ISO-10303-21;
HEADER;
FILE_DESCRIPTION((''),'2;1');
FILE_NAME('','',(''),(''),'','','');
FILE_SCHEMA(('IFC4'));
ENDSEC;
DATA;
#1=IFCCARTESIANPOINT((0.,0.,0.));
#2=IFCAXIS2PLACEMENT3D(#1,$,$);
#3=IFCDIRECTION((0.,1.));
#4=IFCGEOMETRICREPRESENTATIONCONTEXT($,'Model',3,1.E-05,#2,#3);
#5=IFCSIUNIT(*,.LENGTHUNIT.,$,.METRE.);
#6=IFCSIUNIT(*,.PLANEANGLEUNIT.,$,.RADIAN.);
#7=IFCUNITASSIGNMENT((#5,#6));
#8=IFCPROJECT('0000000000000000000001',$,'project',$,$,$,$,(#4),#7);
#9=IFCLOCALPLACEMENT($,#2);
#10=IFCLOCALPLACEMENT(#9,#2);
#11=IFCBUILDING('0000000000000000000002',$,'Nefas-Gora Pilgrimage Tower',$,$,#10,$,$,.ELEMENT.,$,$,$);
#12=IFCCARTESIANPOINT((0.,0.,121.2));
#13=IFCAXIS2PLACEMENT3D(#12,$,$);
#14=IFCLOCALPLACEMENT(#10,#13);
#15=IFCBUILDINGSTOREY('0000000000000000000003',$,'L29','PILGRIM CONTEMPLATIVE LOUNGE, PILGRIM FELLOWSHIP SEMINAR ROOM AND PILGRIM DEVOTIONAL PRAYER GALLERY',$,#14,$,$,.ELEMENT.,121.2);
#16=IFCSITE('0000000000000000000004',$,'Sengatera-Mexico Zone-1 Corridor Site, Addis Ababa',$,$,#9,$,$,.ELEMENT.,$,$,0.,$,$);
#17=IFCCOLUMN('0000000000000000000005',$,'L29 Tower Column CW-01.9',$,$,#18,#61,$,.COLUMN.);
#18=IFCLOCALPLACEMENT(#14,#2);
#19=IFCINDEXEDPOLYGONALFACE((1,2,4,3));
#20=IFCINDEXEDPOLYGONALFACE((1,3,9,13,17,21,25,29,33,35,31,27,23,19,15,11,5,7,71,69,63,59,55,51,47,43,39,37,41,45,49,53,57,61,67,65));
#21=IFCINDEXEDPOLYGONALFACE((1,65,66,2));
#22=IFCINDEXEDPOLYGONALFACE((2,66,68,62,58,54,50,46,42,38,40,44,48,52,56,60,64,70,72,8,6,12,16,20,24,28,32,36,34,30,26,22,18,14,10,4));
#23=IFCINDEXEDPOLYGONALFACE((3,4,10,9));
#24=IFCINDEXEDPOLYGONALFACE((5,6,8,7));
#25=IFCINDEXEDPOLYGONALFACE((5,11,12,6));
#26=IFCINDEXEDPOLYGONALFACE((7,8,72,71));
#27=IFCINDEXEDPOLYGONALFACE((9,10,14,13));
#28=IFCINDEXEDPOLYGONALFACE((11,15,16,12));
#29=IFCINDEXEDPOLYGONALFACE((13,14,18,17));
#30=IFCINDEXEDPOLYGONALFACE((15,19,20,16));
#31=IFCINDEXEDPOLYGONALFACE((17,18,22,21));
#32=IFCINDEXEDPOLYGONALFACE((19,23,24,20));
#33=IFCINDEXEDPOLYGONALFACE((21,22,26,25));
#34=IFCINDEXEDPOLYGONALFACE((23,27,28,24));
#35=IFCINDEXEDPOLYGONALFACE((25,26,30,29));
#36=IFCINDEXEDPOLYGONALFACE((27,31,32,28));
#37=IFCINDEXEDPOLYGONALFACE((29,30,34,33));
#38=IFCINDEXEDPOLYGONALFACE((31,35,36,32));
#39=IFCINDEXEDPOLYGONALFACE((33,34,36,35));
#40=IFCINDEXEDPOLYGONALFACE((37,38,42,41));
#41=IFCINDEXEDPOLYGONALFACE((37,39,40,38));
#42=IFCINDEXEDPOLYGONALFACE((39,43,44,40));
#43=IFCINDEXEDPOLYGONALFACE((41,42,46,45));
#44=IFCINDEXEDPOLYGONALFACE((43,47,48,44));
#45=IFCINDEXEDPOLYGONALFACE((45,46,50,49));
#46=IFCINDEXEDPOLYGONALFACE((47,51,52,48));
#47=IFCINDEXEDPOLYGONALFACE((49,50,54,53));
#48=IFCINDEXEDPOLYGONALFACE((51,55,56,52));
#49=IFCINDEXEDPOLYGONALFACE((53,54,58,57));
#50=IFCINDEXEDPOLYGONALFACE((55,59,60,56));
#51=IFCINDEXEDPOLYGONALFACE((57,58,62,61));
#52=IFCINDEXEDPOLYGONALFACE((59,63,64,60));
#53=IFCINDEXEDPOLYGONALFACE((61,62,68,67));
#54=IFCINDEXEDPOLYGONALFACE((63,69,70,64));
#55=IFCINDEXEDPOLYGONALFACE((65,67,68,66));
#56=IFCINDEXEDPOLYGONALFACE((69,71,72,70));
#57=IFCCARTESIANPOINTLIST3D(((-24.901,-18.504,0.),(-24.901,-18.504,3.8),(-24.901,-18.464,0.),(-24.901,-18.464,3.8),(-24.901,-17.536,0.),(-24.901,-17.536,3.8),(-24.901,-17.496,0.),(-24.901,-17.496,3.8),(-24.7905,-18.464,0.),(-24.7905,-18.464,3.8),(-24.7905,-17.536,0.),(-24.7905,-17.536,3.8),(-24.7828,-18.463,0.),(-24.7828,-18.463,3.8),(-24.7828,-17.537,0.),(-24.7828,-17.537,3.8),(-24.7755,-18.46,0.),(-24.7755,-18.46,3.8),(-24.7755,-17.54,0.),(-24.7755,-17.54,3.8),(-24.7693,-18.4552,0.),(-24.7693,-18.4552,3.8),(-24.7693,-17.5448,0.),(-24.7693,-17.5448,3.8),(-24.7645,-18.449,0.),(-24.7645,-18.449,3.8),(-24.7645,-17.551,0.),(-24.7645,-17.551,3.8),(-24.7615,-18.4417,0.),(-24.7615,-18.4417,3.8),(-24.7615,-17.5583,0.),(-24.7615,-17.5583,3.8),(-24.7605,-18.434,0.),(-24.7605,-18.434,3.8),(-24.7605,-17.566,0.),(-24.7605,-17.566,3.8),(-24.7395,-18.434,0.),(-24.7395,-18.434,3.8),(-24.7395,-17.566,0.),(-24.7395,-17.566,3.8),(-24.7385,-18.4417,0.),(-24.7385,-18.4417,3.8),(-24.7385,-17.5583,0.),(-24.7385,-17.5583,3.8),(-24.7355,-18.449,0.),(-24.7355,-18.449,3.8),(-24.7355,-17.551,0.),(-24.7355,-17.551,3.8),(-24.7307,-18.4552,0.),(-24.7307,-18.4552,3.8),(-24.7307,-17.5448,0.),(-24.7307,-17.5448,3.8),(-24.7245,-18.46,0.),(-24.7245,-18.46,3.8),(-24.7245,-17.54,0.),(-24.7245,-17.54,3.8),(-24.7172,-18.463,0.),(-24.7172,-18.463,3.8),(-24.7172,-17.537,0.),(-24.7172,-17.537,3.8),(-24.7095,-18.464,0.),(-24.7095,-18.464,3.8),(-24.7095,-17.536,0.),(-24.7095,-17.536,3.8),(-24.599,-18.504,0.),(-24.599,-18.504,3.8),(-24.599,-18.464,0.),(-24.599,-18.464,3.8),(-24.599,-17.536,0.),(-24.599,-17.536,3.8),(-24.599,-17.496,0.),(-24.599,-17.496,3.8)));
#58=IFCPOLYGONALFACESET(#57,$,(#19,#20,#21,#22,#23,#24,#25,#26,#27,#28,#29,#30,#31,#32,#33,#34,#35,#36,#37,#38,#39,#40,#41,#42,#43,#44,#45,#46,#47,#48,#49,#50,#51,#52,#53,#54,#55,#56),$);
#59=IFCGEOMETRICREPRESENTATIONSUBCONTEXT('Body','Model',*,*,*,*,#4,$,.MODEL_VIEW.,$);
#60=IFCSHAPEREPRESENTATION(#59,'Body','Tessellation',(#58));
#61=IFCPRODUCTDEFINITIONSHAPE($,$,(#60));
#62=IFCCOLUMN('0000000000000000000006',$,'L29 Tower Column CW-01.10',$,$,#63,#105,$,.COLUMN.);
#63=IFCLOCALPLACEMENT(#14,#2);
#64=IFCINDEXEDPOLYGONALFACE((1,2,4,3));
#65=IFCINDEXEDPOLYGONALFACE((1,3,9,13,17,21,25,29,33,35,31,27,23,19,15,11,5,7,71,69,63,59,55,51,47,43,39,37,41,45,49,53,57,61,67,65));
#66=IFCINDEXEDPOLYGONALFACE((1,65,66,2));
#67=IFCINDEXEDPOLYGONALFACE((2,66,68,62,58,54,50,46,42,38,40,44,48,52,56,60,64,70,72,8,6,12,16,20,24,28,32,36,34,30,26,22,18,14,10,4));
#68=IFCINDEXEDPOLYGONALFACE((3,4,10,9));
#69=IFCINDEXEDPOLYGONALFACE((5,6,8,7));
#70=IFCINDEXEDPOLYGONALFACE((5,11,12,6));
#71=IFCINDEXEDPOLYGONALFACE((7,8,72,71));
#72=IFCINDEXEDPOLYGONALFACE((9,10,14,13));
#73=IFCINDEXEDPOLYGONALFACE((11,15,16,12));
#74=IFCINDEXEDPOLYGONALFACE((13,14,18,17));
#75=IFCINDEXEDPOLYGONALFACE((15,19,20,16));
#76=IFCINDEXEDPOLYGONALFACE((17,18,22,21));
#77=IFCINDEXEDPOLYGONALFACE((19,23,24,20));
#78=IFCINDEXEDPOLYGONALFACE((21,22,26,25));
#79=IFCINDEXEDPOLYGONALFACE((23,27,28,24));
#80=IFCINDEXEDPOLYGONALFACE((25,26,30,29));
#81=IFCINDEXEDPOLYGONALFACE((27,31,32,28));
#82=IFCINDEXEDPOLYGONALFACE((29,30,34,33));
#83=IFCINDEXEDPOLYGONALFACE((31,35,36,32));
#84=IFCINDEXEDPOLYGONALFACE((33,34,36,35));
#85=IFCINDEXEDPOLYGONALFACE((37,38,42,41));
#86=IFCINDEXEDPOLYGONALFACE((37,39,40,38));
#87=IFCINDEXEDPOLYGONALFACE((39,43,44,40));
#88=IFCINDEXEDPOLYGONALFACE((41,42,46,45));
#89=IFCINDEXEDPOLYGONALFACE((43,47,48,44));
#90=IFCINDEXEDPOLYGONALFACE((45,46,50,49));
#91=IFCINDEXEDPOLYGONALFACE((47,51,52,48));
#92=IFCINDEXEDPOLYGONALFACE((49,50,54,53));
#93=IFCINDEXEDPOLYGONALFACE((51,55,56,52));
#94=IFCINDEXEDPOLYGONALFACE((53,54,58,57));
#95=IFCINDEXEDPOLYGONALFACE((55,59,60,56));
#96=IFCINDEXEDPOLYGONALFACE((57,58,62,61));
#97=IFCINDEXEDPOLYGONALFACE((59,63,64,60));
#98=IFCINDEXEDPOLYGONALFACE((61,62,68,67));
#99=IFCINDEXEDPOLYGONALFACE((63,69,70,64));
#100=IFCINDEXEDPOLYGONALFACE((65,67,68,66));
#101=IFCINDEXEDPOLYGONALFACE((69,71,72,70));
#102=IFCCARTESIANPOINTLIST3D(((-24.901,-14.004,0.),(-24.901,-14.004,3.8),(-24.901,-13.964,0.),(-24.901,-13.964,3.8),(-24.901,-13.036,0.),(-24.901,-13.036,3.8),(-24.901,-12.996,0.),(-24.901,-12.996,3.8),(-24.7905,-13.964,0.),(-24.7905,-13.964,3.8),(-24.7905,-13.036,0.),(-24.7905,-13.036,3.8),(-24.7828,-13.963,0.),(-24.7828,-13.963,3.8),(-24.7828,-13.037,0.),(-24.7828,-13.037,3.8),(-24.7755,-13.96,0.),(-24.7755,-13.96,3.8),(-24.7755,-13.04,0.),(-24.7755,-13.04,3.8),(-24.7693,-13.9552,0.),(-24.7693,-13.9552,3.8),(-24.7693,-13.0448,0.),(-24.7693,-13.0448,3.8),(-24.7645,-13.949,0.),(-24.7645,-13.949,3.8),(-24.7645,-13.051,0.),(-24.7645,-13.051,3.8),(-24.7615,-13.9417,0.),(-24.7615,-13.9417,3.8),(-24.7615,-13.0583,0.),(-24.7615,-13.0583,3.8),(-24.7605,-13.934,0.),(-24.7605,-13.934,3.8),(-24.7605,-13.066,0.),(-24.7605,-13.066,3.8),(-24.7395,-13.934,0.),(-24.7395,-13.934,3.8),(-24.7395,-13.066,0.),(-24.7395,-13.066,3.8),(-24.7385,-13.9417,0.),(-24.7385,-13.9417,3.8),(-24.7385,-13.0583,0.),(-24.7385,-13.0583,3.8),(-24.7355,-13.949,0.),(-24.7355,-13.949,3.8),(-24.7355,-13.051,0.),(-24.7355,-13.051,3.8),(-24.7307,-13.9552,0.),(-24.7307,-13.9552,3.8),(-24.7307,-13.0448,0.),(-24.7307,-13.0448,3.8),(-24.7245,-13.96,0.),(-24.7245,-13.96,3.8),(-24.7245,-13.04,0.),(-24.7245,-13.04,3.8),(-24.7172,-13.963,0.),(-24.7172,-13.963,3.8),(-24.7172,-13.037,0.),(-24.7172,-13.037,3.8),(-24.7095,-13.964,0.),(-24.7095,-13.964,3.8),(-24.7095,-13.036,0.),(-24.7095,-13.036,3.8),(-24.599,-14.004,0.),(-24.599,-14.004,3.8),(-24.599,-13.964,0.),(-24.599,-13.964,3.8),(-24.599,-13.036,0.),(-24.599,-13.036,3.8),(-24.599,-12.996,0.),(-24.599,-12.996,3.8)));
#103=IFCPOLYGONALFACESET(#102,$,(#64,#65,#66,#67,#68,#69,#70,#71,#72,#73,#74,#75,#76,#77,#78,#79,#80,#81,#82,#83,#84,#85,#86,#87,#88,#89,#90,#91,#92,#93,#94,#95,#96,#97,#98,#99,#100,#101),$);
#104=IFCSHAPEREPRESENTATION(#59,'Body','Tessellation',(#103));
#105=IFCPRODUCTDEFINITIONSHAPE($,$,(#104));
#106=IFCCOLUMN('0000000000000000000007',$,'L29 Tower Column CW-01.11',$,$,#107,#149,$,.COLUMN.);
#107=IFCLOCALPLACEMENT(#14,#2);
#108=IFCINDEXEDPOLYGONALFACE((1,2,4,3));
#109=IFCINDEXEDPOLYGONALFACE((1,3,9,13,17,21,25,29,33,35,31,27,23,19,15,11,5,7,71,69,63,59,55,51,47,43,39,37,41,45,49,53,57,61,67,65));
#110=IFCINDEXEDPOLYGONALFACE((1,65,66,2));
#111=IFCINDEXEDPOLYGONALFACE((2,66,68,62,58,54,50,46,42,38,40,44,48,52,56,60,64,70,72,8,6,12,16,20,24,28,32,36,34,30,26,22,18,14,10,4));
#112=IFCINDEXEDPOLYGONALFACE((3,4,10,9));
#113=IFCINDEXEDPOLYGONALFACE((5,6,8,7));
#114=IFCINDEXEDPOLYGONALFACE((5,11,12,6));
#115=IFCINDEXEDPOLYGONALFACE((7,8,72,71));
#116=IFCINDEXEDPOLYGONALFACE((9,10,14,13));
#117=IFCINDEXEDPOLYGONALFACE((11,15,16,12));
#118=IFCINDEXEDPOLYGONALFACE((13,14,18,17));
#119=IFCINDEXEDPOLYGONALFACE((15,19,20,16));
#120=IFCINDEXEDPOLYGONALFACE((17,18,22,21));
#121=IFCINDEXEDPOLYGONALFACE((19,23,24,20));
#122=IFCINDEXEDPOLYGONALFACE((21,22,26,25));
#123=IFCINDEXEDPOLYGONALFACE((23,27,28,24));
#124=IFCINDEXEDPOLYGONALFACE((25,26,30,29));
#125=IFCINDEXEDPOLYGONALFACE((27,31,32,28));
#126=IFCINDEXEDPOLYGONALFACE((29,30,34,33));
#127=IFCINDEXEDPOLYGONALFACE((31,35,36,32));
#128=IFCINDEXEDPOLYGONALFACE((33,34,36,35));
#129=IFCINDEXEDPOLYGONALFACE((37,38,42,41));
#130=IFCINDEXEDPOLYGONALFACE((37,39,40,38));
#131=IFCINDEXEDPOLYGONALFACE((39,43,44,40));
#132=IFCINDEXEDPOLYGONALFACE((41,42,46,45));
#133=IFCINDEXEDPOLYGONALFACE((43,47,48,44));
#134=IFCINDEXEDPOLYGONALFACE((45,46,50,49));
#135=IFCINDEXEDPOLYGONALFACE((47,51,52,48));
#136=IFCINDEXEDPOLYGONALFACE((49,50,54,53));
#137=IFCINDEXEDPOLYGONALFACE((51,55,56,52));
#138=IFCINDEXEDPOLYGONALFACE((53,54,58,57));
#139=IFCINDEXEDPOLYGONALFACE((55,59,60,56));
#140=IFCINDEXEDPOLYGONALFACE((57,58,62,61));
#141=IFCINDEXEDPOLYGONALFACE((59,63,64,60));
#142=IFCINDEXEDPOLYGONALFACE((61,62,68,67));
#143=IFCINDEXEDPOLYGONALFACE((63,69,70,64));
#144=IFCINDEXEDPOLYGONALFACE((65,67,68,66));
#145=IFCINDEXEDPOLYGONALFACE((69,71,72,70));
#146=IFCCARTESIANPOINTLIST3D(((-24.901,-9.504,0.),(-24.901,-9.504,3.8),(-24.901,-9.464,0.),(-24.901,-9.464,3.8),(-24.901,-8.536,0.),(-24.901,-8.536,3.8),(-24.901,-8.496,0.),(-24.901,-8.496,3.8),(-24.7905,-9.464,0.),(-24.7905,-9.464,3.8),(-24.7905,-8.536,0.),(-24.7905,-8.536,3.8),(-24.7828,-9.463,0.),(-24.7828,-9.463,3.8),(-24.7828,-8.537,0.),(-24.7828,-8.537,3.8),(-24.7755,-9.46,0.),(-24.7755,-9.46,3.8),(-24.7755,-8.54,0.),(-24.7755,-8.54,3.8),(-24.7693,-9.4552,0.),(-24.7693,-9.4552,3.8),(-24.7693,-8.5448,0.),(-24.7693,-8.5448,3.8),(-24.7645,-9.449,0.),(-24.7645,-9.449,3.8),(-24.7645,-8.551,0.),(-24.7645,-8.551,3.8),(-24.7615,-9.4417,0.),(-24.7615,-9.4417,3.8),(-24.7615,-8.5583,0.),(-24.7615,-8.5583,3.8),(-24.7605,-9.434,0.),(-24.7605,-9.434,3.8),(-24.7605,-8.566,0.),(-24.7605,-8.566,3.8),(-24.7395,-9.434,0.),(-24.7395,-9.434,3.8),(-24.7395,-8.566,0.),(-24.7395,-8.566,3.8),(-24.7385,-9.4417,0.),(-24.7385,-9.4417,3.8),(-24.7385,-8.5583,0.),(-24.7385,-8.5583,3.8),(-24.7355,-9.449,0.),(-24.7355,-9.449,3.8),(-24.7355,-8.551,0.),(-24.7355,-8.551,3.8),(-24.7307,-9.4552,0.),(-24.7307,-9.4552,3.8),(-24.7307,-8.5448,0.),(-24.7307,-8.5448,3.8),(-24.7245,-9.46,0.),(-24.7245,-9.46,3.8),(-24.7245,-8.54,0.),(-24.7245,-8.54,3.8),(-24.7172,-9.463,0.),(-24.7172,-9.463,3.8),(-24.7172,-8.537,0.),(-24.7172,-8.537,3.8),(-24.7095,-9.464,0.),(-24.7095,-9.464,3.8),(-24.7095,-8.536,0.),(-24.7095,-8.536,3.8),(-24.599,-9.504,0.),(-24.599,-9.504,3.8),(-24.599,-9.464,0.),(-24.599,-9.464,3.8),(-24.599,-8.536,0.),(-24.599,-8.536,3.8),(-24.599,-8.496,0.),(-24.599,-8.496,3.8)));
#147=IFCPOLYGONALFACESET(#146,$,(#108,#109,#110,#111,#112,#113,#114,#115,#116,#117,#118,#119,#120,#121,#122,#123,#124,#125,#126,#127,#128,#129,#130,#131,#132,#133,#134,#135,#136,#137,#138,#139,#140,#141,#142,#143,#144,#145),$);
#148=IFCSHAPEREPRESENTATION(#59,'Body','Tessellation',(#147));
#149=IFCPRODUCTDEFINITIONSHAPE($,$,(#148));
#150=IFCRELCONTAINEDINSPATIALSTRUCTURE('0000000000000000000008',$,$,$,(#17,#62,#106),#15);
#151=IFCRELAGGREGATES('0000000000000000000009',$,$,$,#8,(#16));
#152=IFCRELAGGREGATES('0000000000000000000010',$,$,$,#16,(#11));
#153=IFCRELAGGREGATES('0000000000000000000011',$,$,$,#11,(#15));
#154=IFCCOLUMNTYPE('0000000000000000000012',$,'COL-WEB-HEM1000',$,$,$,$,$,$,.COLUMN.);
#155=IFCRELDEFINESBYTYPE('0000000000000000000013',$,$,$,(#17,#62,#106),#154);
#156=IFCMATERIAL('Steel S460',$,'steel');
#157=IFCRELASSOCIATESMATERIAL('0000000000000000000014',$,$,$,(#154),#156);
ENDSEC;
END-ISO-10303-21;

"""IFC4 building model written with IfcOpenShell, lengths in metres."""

from ifc_helpers import new_model, si_unit, direction, frame, origin, origin_2d, place, context, subcontext, project, spatial, i_section, extrude, source, transform, mapped, material, material_profile, profile_set, type_object, element, save


model = new_model("IFC4")

# Units and contexts
model_context = context("Model", 3, precision=1e-05, world=origin(), true_north=direction((0.0, 1.0)))
body_context = subcontext(model_context, "Body", "Model", "MODEL_VIEW")
ifc_project = project(units=[si_unit("LENGTHUNIT", "METRE"), si_unit("PLANEANGLEUNIT", "RADIAN")], contexts=[model_context])

# Site, building, storey
site_placement = place(None, origin())
site = spatial("IfcSite", under=ifc_project, at=site_placement, Name="Sengatera-Mexico Zone-1 Corridor Site, Addis Ababa", CompositionType="ELEMENT", RefElevation=0.0)
building_placement = place(site_placement, origin())
building = spatial("IfcBuilding", under=site, at=building_placement, Name="Nefas-Gora Pilgrimage Tower", CompositionType="ELEMENT")
storey_placement = place(building_placement, frame((0.0, 0.0, 121.2)))
storey = spatial("IfcBuildingStorey", under=building, at=storey_placement, Name="L29", Description="PILGRIM CONTEMPLATIVE LOUNGE, PILGRIM FELLOWSHIP SEMINAR ROOM AND PILGRIM DEVOTIONAL PRAYER GALLERY", CompositionType="ELEMENT", Elevation=121.2)

# Columns
ifc_material_1 = material(Name="Steel S460", Category="steel")
ifc_material_profile_1 = material_profile(ifc_material_1, i_section(OverallWidth=0.302, OverallDepth=1.0081, WebThickness=0.021, FlangeThickness=0.04, FilletRadius=0.03, at=origin_2d()), Name="HEM 1000")
ifc_profile_set_1 = profile_set([ifc_material_profile_1], Name="Steel S460")
column_type_1 = type_object("IfcColumnType", Name="COL-WEB-HEM1000", PredefinedType="COLUMN", material=ifc_profile_set_1)
shared_shape_1 = source(origin(), body_context, "Body", "SweptSolid", [
    extrude(i_section(OverallWidth=0.302, OverallDepth=1.0081, WebThickness=0.021, FlangeThickness=0.04, FilletRadius=0.03, at=origin_2d()), origin(), (0.0, 0.0, 1.0), 3.8),
])
for number, where, z_axis, x_axis, name in (
    (1, (-24.75, -18.0, 0.0), (0.0, 0.0, 1.0), (1.0, 0.0, 0.0), "L29 Tower Column CW-01.9"),
    (2, (-24.75, -13.5, 0.0), (0.0, 0.0, 1.0), (1.0, 0.0, 0.0), "L29 Tower Column CW-01.10"),
    (3, (-24.75, -9.0, 0.0), (0.0, 0.0, 1.0), (1.0, 0.0, 0.0), "L29 Tower Column CW-01.11"),
):
    element("IfcColumn", number, at=place(storey_placement, frame(where, z_axis=z_axis, x_axis=x_axis)), inside=storey, type_object=column_type_1, Name=name, PredefinedType="COLUMN", context=body_context, shape_type="MappedRepresentation", body=[
        mapped(shared_shape_1, transform((0.0, 0.0, 0.0), x_axis=(1.0, 0.0, 0.0), y_axis=(0.0, 1.0, 0.0), z_axis=(0.0, 0.0, 1.0), scale=1.0)),
    ])

save(model, "model.ifc")
